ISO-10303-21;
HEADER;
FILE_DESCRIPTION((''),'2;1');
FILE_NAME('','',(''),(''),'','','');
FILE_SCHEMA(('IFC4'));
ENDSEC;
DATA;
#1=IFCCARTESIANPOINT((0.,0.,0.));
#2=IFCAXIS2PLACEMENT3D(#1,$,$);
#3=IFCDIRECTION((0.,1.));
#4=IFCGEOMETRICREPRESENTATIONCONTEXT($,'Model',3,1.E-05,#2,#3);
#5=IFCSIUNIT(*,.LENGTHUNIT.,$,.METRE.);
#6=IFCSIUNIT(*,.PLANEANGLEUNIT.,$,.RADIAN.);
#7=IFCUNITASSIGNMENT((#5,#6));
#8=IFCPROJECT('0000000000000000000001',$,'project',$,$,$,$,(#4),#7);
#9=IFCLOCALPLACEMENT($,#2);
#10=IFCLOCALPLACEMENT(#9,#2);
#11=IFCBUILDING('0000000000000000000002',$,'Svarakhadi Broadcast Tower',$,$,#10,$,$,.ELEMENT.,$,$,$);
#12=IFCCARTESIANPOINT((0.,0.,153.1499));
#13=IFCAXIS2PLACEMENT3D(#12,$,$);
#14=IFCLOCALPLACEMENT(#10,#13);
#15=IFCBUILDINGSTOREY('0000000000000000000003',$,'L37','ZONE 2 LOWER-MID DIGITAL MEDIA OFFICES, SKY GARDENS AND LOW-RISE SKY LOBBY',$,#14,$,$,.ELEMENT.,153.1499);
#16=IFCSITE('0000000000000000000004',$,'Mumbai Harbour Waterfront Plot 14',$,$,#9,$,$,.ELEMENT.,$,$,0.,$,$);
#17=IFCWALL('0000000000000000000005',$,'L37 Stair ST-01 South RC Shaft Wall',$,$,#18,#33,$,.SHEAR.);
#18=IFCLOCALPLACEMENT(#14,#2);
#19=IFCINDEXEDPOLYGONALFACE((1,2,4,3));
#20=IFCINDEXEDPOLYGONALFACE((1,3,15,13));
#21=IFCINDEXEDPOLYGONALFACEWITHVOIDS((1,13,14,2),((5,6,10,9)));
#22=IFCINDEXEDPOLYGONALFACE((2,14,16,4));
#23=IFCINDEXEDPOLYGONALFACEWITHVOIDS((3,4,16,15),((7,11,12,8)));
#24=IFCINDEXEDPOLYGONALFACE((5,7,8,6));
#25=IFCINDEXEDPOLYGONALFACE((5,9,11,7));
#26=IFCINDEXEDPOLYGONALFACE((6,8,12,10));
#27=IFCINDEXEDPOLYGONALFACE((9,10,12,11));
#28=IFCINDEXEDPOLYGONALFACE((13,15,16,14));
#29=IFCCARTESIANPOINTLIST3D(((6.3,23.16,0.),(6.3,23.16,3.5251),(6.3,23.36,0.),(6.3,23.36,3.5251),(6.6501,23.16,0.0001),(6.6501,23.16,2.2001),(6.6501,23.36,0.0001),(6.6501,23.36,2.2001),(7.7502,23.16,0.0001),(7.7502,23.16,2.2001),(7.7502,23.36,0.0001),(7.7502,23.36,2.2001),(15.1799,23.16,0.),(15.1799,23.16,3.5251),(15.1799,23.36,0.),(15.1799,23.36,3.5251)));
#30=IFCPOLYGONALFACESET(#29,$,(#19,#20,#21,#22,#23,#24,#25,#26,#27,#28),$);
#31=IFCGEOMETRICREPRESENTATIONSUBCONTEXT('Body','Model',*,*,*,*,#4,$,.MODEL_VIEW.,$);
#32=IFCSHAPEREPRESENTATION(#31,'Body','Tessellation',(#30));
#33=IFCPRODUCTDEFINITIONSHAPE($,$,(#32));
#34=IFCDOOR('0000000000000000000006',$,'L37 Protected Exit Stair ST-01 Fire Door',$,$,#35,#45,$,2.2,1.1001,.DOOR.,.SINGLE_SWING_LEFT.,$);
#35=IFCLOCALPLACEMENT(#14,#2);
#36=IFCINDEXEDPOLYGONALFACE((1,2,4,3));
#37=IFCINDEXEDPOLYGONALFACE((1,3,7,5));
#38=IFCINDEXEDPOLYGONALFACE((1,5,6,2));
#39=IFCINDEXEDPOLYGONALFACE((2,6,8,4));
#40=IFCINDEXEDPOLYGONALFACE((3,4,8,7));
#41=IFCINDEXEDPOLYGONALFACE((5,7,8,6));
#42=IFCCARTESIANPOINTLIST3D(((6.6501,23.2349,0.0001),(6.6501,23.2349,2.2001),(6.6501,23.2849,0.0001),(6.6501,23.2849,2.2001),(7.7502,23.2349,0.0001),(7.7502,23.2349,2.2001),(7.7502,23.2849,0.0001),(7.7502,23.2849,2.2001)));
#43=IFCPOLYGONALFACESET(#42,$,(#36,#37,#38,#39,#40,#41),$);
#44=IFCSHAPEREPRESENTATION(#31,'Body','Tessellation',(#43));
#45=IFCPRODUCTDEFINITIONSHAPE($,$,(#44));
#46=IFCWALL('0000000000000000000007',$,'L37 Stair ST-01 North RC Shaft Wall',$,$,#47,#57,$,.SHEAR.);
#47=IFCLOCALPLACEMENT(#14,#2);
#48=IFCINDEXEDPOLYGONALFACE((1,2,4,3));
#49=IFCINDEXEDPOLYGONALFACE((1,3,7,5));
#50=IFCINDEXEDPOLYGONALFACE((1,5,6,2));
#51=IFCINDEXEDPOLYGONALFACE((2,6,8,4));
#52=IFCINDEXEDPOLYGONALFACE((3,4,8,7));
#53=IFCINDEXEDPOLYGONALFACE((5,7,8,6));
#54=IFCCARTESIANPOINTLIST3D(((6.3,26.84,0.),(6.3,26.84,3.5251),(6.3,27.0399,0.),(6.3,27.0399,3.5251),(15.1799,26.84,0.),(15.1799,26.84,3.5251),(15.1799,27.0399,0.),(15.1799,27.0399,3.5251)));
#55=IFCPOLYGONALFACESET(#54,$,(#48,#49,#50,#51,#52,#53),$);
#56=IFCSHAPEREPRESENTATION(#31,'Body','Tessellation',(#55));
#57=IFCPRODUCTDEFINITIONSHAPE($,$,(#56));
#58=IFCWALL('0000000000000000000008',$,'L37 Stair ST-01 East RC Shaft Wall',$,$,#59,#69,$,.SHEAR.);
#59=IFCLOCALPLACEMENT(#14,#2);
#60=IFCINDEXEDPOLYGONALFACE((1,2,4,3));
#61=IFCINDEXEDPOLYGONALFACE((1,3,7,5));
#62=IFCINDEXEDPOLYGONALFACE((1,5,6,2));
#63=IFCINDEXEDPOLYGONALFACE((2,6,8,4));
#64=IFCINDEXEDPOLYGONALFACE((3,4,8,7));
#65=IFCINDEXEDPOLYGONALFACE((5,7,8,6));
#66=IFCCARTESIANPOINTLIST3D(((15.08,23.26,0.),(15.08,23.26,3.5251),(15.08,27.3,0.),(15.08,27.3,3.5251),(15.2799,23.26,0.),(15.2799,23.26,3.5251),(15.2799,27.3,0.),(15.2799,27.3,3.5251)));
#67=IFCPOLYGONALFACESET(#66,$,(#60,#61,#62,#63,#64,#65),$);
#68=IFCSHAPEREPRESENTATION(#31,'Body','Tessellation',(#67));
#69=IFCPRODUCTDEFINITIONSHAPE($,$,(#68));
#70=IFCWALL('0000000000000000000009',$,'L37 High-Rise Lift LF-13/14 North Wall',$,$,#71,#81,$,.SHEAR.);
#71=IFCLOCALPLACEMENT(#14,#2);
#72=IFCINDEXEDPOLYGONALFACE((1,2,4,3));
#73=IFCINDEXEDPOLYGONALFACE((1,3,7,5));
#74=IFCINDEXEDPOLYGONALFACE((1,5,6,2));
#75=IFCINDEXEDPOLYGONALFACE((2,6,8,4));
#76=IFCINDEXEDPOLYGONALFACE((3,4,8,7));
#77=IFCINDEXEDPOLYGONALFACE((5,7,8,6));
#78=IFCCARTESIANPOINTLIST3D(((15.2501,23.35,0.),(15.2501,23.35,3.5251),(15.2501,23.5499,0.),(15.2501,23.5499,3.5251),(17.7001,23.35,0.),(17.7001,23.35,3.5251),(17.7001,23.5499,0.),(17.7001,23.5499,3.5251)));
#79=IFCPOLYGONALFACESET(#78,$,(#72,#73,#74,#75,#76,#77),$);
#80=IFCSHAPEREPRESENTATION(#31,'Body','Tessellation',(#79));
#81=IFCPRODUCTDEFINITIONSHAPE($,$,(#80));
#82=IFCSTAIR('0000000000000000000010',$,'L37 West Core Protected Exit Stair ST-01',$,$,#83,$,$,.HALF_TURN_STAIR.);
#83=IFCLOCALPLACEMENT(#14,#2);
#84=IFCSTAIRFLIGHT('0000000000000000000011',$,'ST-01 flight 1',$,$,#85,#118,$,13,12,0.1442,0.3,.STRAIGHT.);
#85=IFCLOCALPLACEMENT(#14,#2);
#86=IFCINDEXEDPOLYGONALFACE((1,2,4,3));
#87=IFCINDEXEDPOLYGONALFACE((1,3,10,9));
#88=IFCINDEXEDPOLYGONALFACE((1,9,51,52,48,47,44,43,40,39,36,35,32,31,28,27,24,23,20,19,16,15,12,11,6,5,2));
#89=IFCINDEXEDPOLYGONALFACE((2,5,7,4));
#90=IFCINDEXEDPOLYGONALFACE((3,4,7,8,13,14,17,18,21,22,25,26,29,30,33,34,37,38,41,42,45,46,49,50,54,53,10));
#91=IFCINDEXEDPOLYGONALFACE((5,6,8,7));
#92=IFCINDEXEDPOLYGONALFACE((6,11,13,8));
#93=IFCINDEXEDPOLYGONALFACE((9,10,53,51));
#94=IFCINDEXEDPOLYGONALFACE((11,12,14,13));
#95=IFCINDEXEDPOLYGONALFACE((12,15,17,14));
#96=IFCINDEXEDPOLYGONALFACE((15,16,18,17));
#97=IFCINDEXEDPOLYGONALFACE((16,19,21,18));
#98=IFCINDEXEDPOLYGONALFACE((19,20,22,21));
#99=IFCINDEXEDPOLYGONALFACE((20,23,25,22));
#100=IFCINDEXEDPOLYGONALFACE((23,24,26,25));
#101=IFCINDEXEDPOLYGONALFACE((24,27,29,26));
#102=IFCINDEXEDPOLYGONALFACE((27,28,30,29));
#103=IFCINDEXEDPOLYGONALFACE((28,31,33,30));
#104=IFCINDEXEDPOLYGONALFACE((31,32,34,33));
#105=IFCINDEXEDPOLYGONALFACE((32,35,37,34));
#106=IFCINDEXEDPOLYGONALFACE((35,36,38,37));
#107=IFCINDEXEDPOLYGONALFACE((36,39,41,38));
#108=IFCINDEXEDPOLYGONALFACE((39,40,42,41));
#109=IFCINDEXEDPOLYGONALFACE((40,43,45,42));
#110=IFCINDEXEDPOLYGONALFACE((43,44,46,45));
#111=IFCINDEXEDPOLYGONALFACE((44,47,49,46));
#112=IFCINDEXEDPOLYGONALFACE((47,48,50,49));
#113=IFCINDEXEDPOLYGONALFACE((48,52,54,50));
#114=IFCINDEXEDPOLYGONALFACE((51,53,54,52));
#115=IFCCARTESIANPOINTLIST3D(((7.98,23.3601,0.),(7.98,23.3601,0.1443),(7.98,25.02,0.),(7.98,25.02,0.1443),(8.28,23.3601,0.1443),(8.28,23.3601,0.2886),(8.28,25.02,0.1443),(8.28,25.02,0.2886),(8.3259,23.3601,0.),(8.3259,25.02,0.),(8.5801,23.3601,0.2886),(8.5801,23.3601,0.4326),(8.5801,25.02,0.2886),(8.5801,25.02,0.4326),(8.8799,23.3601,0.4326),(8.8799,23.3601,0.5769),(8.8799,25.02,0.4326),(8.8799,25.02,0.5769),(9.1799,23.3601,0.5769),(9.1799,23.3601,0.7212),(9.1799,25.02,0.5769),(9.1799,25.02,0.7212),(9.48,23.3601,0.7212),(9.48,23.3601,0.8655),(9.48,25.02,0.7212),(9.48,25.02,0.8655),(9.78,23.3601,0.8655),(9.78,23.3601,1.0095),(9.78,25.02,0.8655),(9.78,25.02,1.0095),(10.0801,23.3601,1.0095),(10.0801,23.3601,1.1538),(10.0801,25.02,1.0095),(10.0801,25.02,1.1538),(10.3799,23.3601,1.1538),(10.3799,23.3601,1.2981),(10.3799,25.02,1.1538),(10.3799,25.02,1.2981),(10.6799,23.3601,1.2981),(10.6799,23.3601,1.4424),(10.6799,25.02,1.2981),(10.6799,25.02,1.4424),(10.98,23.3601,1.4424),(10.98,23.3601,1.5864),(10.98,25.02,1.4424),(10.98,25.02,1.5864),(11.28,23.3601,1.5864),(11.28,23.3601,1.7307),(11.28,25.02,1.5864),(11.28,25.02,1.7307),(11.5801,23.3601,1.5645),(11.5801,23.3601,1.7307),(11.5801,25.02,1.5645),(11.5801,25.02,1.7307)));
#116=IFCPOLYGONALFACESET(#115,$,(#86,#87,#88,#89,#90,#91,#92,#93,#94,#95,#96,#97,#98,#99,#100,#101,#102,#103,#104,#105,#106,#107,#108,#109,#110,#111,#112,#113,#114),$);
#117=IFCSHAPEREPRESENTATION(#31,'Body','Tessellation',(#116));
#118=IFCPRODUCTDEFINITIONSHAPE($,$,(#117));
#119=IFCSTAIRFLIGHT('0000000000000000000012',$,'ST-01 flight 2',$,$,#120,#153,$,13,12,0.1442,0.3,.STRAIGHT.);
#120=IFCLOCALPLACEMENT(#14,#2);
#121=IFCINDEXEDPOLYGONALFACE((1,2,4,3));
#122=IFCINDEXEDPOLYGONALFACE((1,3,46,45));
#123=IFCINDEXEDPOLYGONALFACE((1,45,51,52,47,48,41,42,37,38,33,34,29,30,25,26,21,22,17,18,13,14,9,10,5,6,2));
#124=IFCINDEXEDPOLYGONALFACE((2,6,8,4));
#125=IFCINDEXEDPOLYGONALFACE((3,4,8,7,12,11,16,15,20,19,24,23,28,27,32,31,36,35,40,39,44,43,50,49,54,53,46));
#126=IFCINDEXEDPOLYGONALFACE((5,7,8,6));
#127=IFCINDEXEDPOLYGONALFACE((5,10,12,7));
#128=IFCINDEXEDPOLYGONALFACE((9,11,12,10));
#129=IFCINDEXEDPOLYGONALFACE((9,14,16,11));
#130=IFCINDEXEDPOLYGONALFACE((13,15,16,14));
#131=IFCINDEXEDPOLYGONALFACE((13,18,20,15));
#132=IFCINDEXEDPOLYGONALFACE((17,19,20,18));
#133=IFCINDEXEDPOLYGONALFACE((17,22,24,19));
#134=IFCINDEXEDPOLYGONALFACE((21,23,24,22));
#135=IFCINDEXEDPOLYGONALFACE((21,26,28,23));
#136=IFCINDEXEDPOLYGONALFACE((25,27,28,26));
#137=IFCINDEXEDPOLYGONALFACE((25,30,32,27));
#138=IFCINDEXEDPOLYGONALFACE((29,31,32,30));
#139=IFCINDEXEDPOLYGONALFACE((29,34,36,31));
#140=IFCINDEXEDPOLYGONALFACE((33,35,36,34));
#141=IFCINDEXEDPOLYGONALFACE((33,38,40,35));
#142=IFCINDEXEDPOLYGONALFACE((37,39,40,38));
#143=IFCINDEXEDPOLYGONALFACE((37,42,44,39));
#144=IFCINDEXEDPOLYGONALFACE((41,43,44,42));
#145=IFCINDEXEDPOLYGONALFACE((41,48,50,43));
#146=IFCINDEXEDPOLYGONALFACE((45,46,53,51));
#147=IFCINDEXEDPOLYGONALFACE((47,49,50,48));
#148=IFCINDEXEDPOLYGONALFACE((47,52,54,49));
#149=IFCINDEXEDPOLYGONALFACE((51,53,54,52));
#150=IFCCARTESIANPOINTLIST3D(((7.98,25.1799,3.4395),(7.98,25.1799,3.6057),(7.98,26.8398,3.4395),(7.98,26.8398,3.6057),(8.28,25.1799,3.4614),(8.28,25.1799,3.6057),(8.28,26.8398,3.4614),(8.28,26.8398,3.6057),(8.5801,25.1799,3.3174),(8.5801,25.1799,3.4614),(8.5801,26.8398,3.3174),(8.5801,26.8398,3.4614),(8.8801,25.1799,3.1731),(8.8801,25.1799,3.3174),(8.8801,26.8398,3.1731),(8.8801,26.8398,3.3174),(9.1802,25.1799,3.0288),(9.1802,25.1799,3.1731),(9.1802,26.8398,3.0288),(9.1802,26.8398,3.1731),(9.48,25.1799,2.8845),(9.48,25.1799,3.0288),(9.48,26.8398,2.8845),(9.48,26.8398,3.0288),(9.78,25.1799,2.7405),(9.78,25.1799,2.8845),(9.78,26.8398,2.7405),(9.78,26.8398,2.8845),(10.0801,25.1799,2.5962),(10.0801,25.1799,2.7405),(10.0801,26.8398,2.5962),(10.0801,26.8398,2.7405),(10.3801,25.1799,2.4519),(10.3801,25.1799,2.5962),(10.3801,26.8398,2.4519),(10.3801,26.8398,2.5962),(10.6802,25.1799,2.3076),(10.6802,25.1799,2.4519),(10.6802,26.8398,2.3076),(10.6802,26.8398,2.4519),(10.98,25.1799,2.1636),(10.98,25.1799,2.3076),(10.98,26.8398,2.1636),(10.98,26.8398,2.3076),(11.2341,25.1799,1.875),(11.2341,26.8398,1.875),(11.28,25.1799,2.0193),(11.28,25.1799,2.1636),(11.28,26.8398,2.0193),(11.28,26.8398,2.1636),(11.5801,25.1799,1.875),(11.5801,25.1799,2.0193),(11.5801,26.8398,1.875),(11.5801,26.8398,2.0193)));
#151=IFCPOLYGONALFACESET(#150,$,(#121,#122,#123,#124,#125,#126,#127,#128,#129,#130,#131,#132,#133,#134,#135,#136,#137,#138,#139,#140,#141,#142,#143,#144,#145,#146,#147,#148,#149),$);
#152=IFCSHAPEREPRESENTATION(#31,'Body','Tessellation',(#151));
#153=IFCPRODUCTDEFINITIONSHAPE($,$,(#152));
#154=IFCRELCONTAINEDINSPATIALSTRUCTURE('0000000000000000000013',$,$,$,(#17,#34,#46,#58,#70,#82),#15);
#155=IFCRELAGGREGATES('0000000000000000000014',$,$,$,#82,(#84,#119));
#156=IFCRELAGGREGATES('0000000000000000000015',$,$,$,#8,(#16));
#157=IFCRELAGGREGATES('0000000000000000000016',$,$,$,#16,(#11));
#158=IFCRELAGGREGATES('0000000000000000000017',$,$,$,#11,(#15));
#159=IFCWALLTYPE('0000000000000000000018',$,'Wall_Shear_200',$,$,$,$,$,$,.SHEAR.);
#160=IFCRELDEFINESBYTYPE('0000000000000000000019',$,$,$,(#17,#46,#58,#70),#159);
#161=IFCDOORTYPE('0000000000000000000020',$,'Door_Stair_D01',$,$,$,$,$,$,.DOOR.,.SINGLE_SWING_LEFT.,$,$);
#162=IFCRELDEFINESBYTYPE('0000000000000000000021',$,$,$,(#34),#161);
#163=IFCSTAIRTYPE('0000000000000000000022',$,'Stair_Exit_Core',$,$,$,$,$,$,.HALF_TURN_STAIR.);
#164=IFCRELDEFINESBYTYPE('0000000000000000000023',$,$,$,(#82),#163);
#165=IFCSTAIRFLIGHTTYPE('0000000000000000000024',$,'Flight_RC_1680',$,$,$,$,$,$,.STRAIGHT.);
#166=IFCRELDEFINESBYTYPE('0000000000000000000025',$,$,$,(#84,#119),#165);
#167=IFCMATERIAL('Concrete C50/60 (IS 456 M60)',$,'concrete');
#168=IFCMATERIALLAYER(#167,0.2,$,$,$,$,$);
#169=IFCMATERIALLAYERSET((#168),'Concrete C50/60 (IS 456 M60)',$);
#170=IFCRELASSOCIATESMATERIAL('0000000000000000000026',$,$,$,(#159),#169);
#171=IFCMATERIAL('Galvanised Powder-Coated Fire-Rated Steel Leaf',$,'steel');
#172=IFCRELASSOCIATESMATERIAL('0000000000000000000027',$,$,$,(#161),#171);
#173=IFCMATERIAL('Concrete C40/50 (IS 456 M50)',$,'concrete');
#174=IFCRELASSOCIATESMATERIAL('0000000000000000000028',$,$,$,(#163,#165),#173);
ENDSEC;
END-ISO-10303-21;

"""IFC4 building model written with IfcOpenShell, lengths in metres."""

from ifc_helpers import new_model, si_unit, direction, frame, frame_2d, origin, place, context, subcontext, project, spatial, polyline, rectangle, outline, extrude, material, layer, layer_set, type_object, element, fill, aggregate, save


model = new_model("IFC4")

# Units and contexts
model_context = context("Model", 3, precision=1e-05, world=origin(), true_north=direction((0.0, 1.0)))
body_context = subcontext(model_context, "Body", "Model", "MODEL_VIEW")
ifc_project = project(units=[si_unit("LENGTHUNIT", "METRE"), si_unit("PLANEANGLEUNIT", "RADIAN")], contexts=[model_context])

# Site, building, storey
site_placement = place(None, origin())
site = spatial("IfcSite", under=ifc_project, at=site_placement, Name="Mumbai Harbour Waterfront Plot 14", CompositionType="ELEMENT", RefElevation=0.0)
building_placement = place(site_placement, origin())
building = spatial("IfcBuilding", under=site, at=building_placement, Name="Svarakhadi Broadcast Tower", CompositionType="ELEMENT")
storey_placement = place(building_placement, frame((0.0, 0.0, 153.1499)))
storey = spatial("IfcBuildingStorey", under=building, at=storey_placement, Name="L37", Description="ZONE 2 LOWER-MID DIGITAL MEDIA OFFICES, SKY GARDENS AND LOW-RISE SKY LOBBY", CompositionType="ELEMENT", Elevation=153.1499)

# Shared definitions
ifc_material_1 = material(Name="Concrete C50/60 (IS 456 M60)", Category="concrete")

# Shared definitions
ifc_material_2 = material(Name="Concrete C40/50 (IS 456 M50)", Category="concrete")

# Wall, opening, door
ifc_layer_1 = layer(ifc_material_1, 0.2)
ifc_layer_set_1 = layer_set([ifc_layer_1], Name="Concrete C50/60 (IS 456 M60)")
wall_type_1 = type_object("IfcWallType", Name="Wall_Shear_200", PredefinedType="SHEAR", material=ifc_layer_set_1)
wall_1_placement = place(storey_placement, frame((6.3, 23.26, 0.0), z_axis=(0.0, 0.0, 1.0), x_axis=(1.0, 0.0, 0.0)))
wall_1 = element("IfcWall", 1, at=wall_1_placement, inside=storey, type_object=wall_type_1, Name="L37 Stair ST-01 South RC Shaft Wall", PredefinedType="SHEAR", context=body_context, shape_type="SweptSolid", body=[
    extrude(rectangle(XDim=8.8799, YDim=0.2, at=frame_2d((4.4399, 0.0))), origin(), (0.0, 0.0, 1.0), 3.5251),
])
opening_1_placement = place(wall_1_placement, frame((0.3501, 0.0, 0.0)))
opening_1 = element("IfcOpeningElement", 2, at=opening_1_placement, cuts=wall_1, PredefinedType="OPENING", context=body_context, shape_type="SweptSolid", body=[
    extrude(rectangle(XDim=1.1001, YDim=2.2, at=frame_2d((0.55, 1.1001))), frame((0.0, 0.1099, 0.0), z_axis=(0.0, -1.0, 0.0), x_axis=(1.0, 0.0, 0.0)), (0.0, 0.0, 1.0), 0.22),
])
ifc_material_3 = material(Name="Galvanised Powder-Coated Fire-Rated Steel Leaf", Category="steel")
door_type_1 = type_object("IfcDoorType", Name="Door_Stair_D01", OperationType="SINGLE_SWING_LEFT", PredefinedType="DOOR", material=ifc_material_3)
door_1_placement = place(opening_1_placement, origin())
door_1 = element("IfcDoor", 3, at=door_1_placement, inside=storey, type_object=door_type_1, Name="L37 Protected Exit Stair ST-01 Fire Door", OperationType="SINGLE_SWING_LEFT", OverallHeight=2.2, OverallWidth=1.1001, PredefinedType="DOOR", context=body_context, shape_type="SweptSolid", body=[
    extrude(rectangle(XDim=1.1001, YDim=2.2, at=frame_2d((0.55, 1.1001))), frame((0.0, 0.0249, 0.0), z_axis=(0.0, -1.0, 0.0), x_axis=(1.0, 0.0, 0.0)), (0.0, 0.0, 1.0), 0.05),
])
fill(opening_1, door_1)

# Walls
wall_2_placement = place(storey_placement, frame((6.3, 26.9399, 0.0), z_axis=(0.0, 0.0, 1.0), x_axis=(1.0, 0.0, 0.0)))
element("IfcWall", 4, at=wall_2_placement, inside=storey, type_object=wall_type_1, Name="L37 Stair ST-01 North RC Shaft Wall", PredefinedType="SHEAR", context=body_context, shape_type="SweptSolid", body=[
    extrude(rectangle(XDim=8.8799, YDim=0.2, at=frame_2d((4.4399, 0.0))), origin(), (0.0, 0.0, 1.0), 3.5251),
])
wall_3_placement = place(storey_placement, frame((15.1799, 23.26, 0.0), z_axis=(0.0, 0.0, 1.0), x_axis=(0.0, 1.0, 0.0)))
element("IfcWall", 5, at=wall_3_placement, inside=storey, type_object=wall_type_1, Name="L37 Stair ST-01 East RC Shaft Wall", PredefinedType="SHEAR", context=body_context, shape_type="SweptSolid", body=[
    extrude(rectangle(XDim=4.04, YDim=0.2, at=frame_2d((2.02, 0.0))), origin(), (0.0, 0.0, 1.0), 3.5251),
])
wall_4_placement = place(storey_placement, frame((15.25, 23.45, 0.0), z_axis=(0.0, 0.0, 1.0), x_axis=(1.0, 0.0, 0.0)))
element("IfcWall", 6, at=wall_4_placement, inside=storey, type_object=wall_type_1, Name="L37 High-Rise Lift LF-13/14 North Wall", PredefinedType="SHEAR", context=body_context, shape_type="SweptSolid", body=[
    extrude(rectangle(XDim=2.45, YDim=0.2, at=frame_2d((1.2251, 0.0))), origin(), (0.0, 0.0, 1.0), 3.5251),
])

# Stair, stair flights
stair_type = type_object("IfcStairType", Name="Stair_Exit_Core", PredefinedType="HALF_TURN_STAIR", material=ifc_material_2)
stair_placement = place(storey_placement, origin())
stair = element("IfcStair", 7, at=stair_placement, inside=storey, type_object=stair_type, Name="L37 West Core Protected Exit Stair ST-01", PredefinedType="HALF_TURN_STAIR")
stair_flight_type = type_object("IfcStairFlightType", Name="Flight_RC_1680", PredefinedType="STRAIGHT", material=ifc_material_2)
stair_flight_1_placement = place(storey_placement, frame((7.98, 24.1899, 0.0), z_axis=(0.0, 0.0, 1.0), x_axis=(1.0, 0.0, 0.0)))
stair_flight_1 = element("IfcStairFlight", 8, at=stair_flight_1_placement, type_object=stair_flight_type, Name="ST-01 flight 1", NumberOfRisers=13, NumberOfTreads=12, PredefinedType="STRAIGHT", RiserHeight=0.1442, TreadLength=0.3, context=body_context, shape_type="SweptSolid", body=[
    extrude(outline(polyline([(0.0, 0.0), (0.0, 0.1443), (0.3, 0.1443), (0.3, 0.2886), (0.6001, 0.2886), (0.6001, 0.4326), (0.8999, 0.4326), (0.8999, 0.5769), (1.2, 0.5769), (1.2, 0.7212), (1.5, 0.7212), (1.5, 0.8655), (1.8, 0.8655), (1.8, 1.0095), (2.1001, 1.0095), (2.1001, 1.1538), (2.3999, 1.1538), (2.3999, 1.2981), (2.7, 1.2981), (2.7, 1.4424), (3.0, 1.4424), (3.0, 1.5864), (3.3, 1.5864), (3.3, 1.7307), (3.6001, 1.7307), (3.6001, 1.875), (3.6001, 1.5645), (0.3459, 0.0), (0.0, 0.0)])), frame((0.0, 0.8301, 0.0), z_axis=(0.0, -1.0, 0.0), x_axis=(1.0, 0.0, 0.0)), (0.0, 0.0, 1.0), 1.6599),
])
stair_flight_2_placement = place(storey_placement, frame((11.5801, 26.01, 1.875), z_axis=(0.0, 0.0, 1.0), x_axis=(-1.0, 0.0, 0.0)))
stair_flight_2 = element("IfcStairFlight", 9, at=stair_flight_2_placement, type_object=stair_flight_type, Name="ST-01 flight 2", NumberOfRisers=13, NumberOfTreads=12, PredefinedType="STRAIGHT", RiserHeight=0.1442, TreadLength=0.3, context=body_context, shape_type="SweptSolid", body=[
    extrude(outline(polyline([(0.0, 0.0), (0.0, 0.1443), (0.3, 0.1443), (0.3, 0.2886), (0.6001, 0.2886), (0.6001, 0.4326), (0.8999, 0.4326), (0.8999, 0.5769), (1.2, 0.5769), (1.2, 0.7212), (1.5, 0.7212), (1.5, 0.8655), (1.8, 0.8655), (1.8, 1.0095), (2.1001, 1.0095), (2.1001, 1.1538), (2.3999, 1.1538), (2.3999, 1.2981), (2.7, 1.2981), (2.7, 1.4424), (3.0, 1.4424), (3.0, 1.5864), (3.3, 1.5864), (3.3, 1.7307), (3.6001, 1.7307), (3.6001, 1.875), (3.6001, 1.5645), (0.3459, 0.0), (0.0, 0.0)])), frame((0.0, 0.8301, 0.0), z_axis=(0.0, -1.0, 0.0), x_axis=(1.0, 0.0, 0.0)), (0.0, 0.0, 1.0), 1.6599),
])
aggregate(stair, [stair_flight_1, stair_flight_2])

save(model, "model.ifc")
